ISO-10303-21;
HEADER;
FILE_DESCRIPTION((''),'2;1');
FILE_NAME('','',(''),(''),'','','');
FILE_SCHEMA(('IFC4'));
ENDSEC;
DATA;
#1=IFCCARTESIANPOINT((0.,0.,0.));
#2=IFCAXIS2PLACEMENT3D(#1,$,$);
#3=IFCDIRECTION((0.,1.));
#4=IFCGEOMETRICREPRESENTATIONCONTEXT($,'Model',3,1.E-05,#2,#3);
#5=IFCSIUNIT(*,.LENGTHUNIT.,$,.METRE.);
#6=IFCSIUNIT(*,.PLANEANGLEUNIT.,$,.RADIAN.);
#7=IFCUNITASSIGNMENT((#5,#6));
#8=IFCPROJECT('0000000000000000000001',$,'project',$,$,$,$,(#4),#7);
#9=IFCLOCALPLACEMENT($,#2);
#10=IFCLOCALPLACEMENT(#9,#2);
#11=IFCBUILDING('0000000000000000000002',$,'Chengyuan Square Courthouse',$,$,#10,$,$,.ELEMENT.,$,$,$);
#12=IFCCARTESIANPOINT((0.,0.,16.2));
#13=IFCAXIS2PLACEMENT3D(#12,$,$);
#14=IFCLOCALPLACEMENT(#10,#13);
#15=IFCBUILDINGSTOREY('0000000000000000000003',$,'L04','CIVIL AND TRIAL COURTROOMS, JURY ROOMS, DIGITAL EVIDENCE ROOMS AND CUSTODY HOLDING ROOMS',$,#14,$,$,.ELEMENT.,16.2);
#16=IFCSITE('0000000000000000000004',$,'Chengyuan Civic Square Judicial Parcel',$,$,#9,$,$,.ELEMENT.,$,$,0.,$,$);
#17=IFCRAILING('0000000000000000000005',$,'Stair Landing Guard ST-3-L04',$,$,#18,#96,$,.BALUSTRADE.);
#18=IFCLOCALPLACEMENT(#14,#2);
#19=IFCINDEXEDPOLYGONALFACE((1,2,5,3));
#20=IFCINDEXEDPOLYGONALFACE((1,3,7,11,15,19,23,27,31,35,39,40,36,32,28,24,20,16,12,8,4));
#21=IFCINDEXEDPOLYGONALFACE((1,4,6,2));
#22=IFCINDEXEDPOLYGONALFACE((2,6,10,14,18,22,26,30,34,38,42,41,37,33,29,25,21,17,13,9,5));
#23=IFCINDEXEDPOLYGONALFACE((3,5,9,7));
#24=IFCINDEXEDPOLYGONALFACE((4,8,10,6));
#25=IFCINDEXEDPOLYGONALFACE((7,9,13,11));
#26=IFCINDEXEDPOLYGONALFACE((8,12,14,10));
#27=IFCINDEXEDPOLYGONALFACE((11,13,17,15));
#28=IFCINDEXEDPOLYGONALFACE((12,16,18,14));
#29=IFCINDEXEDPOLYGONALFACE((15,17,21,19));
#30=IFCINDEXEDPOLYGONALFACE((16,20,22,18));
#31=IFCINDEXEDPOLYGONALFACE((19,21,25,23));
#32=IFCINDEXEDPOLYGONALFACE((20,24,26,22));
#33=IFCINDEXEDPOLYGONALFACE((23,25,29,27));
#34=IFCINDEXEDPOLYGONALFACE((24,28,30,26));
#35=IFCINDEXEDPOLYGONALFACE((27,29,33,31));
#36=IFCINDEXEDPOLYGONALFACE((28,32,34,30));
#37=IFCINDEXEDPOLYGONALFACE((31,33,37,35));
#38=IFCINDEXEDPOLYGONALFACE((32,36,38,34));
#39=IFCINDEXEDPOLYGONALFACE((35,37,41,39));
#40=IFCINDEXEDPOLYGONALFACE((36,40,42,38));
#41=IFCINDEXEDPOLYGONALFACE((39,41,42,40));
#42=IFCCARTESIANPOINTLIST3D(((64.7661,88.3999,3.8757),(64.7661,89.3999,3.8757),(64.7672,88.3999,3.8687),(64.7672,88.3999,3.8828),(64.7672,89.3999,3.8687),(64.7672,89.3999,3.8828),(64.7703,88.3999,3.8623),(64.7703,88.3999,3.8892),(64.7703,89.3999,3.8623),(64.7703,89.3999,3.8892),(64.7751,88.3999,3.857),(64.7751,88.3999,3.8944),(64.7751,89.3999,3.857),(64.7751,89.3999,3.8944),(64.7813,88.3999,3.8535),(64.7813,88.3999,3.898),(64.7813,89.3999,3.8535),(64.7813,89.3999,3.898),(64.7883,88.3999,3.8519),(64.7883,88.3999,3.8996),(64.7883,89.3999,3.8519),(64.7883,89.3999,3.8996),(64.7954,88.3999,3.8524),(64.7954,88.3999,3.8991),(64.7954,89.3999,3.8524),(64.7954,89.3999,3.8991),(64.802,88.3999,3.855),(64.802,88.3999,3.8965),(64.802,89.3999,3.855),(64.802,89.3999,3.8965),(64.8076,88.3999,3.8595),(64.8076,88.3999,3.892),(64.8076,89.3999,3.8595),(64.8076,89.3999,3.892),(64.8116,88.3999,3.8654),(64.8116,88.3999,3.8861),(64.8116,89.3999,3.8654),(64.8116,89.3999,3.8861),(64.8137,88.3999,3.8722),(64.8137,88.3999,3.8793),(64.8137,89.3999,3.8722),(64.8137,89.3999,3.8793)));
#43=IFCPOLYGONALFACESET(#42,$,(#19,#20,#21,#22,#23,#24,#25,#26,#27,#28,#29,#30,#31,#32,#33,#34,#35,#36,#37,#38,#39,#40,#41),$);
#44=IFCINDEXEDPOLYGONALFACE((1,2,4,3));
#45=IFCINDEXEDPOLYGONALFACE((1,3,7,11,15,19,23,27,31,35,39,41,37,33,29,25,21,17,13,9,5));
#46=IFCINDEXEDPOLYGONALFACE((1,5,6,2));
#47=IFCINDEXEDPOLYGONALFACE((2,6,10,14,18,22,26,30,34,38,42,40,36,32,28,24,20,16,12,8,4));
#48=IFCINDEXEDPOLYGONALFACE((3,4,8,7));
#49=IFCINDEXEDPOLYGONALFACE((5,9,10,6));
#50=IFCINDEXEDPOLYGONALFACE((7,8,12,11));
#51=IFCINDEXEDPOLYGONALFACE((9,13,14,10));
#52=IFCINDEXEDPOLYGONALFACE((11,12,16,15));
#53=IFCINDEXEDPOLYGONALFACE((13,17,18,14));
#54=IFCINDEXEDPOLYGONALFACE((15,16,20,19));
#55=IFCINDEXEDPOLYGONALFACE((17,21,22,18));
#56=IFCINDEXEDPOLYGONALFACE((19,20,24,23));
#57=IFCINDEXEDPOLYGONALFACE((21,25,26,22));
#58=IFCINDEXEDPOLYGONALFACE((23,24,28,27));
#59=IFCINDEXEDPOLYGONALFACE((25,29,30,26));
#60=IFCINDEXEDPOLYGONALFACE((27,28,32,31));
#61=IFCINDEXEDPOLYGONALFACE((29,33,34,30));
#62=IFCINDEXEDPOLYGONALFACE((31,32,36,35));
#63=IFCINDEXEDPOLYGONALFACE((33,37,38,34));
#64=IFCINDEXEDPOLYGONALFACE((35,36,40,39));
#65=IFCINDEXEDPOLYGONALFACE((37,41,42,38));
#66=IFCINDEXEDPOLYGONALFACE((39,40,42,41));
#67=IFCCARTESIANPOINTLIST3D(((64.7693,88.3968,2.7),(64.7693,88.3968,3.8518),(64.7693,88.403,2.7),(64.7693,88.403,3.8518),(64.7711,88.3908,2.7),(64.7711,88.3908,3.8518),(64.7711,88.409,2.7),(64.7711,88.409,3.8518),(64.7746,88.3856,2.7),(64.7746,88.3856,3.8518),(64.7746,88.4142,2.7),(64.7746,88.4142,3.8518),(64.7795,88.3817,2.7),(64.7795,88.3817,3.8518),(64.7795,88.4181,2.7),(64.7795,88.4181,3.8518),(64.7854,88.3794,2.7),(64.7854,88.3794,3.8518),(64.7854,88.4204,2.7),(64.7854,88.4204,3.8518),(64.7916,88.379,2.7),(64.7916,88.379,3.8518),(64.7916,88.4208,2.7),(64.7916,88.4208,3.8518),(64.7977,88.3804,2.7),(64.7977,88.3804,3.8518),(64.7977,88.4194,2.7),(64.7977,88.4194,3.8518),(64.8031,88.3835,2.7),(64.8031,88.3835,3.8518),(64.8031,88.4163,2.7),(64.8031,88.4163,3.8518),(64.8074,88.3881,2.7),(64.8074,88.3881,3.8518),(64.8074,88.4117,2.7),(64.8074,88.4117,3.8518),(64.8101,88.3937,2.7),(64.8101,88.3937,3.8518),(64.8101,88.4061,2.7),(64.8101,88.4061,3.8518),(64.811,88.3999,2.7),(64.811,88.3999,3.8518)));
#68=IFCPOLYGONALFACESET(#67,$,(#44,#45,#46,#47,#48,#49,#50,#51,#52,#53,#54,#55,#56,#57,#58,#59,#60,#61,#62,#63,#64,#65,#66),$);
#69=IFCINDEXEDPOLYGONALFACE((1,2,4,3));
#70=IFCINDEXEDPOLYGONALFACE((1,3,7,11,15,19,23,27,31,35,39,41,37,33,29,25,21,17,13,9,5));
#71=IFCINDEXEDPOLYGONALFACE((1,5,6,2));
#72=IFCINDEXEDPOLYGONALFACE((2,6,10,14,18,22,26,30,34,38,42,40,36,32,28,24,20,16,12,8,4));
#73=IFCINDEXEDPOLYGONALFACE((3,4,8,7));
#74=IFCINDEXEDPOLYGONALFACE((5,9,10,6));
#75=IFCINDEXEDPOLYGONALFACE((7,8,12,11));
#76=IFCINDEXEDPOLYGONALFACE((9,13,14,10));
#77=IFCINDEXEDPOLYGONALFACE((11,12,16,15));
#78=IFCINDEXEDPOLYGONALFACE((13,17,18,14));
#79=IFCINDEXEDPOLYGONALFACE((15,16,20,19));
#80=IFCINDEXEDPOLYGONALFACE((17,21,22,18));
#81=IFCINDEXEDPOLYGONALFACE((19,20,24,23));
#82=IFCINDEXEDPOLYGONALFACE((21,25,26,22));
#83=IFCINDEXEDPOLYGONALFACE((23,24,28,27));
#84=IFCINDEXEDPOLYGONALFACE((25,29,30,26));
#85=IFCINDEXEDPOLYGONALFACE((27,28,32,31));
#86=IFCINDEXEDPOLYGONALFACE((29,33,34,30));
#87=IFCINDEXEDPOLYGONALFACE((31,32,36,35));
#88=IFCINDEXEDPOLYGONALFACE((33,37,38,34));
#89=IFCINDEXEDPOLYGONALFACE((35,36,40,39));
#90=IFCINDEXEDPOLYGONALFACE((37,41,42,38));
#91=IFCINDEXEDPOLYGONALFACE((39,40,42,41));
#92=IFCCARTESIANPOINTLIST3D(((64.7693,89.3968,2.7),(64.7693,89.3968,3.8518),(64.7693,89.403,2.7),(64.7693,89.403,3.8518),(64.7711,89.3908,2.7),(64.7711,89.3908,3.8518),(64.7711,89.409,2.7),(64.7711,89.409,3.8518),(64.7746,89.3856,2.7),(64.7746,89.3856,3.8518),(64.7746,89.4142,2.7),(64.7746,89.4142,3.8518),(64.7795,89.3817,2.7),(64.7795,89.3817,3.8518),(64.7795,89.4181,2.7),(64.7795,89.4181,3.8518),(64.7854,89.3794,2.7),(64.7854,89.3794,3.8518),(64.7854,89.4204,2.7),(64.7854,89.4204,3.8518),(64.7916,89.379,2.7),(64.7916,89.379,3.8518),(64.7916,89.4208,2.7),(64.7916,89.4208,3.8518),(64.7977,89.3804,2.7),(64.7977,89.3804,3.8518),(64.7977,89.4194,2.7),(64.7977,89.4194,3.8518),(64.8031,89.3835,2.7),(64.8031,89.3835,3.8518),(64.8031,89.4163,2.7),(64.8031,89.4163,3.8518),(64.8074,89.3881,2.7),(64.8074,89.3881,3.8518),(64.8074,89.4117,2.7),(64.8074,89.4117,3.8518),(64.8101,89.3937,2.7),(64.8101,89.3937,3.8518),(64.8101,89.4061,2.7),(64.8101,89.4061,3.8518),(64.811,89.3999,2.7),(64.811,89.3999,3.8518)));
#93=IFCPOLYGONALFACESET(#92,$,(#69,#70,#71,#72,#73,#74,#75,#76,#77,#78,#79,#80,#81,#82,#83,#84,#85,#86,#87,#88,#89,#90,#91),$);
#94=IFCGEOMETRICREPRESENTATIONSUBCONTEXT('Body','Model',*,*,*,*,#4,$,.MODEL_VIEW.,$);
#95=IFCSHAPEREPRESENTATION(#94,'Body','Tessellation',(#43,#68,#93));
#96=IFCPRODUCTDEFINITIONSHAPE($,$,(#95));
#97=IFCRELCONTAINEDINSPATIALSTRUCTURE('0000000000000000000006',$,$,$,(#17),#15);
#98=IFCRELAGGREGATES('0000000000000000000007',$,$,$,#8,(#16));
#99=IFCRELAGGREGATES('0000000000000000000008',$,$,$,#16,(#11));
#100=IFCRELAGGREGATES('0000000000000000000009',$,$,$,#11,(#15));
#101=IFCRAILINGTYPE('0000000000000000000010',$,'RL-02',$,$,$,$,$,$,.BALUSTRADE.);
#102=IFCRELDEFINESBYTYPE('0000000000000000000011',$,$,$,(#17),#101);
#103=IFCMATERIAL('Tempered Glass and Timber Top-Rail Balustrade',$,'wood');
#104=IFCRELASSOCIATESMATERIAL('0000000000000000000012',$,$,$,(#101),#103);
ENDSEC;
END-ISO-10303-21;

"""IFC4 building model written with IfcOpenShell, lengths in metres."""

from ifc_helpers import new_model, si_unit, direction, frame, origin, origin_2d, place, context, subcontext, project, spatial, circle, extrude, material, type_object, element, save


model = new_model("IFC4")

# Units and contexts
model_context = context("Model", 3, precision=1e-05, world=origin(), true_north=direction((0.0, 1.0)))
body_context = subcontext(model_context, "Body", "Model", "MODEL_VIEW")
ifc_project = project(units=[si_unit("LENGTHUNIT", "METRE"), si_unit("PLANEANGLEUNIT", "RADIAN")], contexts=[model_context])

# Site, building, storey
site_placement = place(None, origin())
site = spatial("IfcSite", under=ifc_project, at=site_placement, Name="Chengyuan Civic Square Judicial Parcel", CompositionType="ELEMENT", RefElevation=0.0)
building_placement = place(site_placement, origin())
building = spatial("IfcBuilding", under=site, at=building_placement, Name="Chengyuan Square Courthouse", CompositionType="ELEMENT")
storey_placement = place(building_placement, frame((0.0, 0.0, 16.2)))
storey = spatial("IfcBuildingStorey", under=building, at=storey_placement, Name="L04", Description="CIVIL AND TRIAL COURTROOMS, JURY ROOMS, DIGITAL EVIDENCE ROOMS AND CUSTODY HOLDING ROOMS", CompositionType="ELEMENT", Elevation=16.2)

# Railing
ifc_material_1 = material(Name="Tempered Glass and Timber Top-Rail Balustrade", Category="wood")
railing_type_1 = type_object("IfcRailingType", Name="RL-02", PredefinedType="BALUSTRADE", material=ifc_material_1)
for number, where, name in (
    (1, (64.79, 88.3999, 2.7), "Stair Landing Guard ST-3-L04"),
):
    element("IfcRailing", number, at=place(storey_placement, frame(where)), inside=storey, type_object=railing_type_1, Name=name, PredefinedType="BALUSTRADE", context=body_context, shape_type="SweptSolid", body=[
        extrude(circle(Radius=0.0239, at=origin_2d()), frame((0.0, 0.0, 1.1758), z_axis=(0.0, 1.0, 0.0), x_axis=(-1.0, 0.0, 0.0)), (0.0, 0.0, 1.0), 1.0),
        extrude(circle(Radius=0.021, at=origin_2d()), origin(), (0.0, 0.0, 1.0), 1.1519),
        extrude(circle(Radius=0.021, at=origin_2d()), frame((0.0, 1.0, 0.0)), (0.0, 0.0, 1.0), 1.1519),
    ])

save(model, "model.ifc")
